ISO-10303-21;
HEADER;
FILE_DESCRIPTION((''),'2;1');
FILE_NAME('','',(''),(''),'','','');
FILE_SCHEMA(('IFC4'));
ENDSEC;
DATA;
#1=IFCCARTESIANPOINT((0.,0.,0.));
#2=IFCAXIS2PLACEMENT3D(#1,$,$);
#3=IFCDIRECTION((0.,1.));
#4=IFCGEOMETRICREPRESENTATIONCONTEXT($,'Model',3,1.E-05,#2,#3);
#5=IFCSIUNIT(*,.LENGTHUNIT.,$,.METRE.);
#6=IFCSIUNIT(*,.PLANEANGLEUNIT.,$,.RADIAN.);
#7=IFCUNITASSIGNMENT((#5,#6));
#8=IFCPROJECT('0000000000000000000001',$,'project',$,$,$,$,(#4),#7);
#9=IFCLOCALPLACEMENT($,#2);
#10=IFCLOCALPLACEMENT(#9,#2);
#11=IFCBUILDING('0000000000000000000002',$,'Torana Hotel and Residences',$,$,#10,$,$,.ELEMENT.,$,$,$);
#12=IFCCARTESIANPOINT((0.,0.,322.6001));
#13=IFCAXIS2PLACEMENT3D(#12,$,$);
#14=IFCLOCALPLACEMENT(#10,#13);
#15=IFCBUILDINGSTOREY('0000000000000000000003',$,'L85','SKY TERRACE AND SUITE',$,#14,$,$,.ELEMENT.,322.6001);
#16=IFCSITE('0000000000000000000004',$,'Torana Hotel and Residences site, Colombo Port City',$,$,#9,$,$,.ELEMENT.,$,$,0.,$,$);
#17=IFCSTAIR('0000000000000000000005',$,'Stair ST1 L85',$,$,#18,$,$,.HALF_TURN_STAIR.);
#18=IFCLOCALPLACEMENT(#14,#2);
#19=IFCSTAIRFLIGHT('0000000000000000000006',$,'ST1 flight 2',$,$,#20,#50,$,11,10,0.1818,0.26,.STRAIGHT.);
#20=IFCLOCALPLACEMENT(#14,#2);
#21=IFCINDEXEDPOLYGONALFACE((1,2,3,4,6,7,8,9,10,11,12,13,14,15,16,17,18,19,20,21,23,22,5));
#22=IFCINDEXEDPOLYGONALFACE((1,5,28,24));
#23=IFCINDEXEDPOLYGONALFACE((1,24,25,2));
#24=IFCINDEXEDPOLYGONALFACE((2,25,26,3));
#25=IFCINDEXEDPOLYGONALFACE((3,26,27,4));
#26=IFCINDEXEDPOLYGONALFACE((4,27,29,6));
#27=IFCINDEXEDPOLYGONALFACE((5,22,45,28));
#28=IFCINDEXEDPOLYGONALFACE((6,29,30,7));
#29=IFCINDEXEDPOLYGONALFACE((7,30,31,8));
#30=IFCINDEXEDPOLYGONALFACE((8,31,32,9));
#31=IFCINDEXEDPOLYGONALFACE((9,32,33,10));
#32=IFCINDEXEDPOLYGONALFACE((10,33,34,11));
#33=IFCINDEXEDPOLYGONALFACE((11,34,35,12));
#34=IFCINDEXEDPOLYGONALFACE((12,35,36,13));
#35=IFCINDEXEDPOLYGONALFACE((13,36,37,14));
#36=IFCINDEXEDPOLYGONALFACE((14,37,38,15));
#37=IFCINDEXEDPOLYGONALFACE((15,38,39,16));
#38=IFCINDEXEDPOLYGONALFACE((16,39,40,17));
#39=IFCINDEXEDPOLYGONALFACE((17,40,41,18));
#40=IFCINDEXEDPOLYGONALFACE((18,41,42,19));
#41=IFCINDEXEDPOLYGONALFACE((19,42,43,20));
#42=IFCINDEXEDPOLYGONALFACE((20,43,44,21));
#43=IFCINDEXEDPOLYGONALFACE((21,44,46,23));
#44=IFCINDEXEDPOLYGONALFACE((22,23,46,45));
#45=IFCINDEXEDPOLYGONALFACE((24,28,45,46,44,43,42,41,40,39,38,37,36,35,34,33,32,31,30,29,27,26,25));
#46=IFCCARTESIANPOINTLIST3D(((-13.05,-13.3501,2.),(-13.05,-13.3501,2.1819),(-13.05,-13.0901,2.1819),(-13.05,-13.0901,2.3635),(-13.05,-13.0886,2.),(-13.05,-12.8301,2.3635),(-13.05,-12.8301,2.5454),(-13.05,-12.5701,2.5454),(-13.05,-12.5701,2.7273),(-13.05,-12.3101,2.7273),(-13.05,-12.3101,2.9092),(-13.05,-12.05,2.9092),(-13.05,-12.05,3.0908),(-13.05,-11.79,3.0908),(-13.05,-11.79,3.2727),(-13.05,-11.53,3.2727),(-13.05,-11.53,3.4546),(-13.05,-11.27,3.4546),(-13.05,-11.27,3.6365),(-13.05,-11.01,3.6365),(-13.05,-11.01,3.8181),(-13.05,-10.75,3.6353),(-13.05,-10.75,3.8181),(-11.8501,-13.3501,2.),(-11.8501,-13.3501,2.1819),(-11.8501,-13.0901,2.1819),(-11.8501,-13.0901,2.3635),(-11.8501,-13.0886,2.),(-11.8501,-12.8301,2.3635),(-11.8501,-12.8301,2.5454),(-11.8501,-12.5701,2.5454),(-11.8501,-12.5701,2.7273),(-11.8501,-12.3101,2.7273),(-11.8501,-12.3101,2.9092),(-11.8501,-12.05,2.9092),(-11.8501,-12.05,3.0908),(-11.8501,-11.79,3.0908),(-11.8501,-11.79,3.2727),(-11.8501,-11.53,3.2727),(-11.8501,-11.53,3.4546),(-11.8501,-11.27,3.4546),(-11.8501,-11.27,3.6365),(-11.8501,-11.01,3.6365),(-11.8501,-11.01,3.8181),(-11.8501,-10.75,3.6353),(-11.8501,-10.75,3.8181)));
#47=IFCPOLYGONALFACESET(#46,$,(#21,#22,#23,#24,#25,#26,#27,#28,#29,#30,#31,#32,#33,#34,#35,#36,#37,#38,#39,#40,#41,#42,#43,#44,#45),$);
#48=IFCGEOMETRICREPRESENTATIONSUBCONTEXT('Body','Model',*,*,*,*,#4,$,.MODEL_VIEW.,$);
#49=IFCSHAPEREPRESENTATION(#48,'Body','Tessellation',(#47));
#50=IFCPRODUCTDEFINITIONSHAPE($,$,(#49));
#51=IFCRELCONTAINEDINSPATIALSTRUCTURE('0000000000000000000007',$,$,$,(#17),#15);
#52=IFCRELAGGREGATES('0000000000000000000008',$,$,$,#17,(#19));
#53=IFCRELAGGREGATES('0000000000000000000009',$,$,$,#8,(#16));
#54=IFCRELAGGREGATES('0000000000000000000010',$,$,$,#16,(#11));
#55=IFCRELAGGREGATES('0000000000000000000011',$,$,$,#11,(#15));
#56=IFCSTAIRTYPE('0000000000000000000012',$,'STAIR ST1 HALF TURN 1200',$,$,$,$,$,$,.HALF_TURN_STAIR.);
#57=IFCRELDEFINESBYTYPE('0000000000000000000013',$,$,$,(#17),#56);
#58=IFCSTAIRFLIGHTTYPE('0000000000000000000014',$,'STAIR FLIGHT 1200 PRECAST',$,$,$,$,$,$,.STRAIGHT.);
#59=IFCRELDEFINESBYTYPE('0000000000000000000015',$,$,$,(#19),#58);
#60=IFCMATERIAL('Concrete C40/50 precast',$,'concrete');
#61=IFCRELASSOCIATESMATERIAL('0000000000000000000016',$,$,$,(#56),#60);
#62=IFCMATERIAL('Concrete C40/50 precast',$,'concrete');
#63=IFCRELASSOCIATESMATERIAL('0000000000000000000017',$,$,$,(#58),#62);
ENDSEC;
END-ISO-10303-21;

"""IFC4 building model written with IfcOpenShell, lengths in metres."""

from ifc_helpers import new_model, si_unit, direction, frame, origin, place, context, subcontext, project, spatial, polyline, outline, extrude, material, type_object, element, aggregate, save


model = new_model("IFC4")

# Units and contexts
model_context = context("Model", 3, precision=1e-05, world=origin(), true_north=direction((0.0, 1.0)))
body_context = subcontext(model_context, "Body", "Model", "MODEL_VIEW")
ifc_project = project(units=[si_unit("LENGTHUNIT", "METRE"), si_unit("PLANEANGLEUNIT", "RADIAN")], contexts=[model_context])

# Site, building, storey
site_placement = place(None, origin())
site = spatial("IfcSite", under=ifc_project, at=site_placement, Name="Torana Hotel and Residences site, Colombo Port City", CompositionType="ELEMENT", RefElevation=0.0)
building_placement = place(site_placement, origin())
building = spatial("IfcBuilding", under=site, at=building_placement, Name="Torana Hotel and Residences", CompositionType="ELEMENT")
storey_placement = place(building_placement, frame((0.0, 0.0, 322.6001)))
storey = spatial("IfcBuildingStorey", under=building, at=storey_placement, Name="L85", Description="SKY TERRACE AND SUITE", CompositionType="ELEMENT", Elevation=322.6001)

# Stair, stair flight
ifc_material_1 = material(Name="Concrete C40/50 precast", Category="concrete")
stair_type = type_object("IfcStairType", Name="STAIR ST1 HALF TURN 1200", PredefinedType="HALF_TURN_STAIR", material=ifc_material_1)
stair_placement = place(storey_placement, origin())
stair = element("IfcStair", 1, at=stair_placement, inside=storey, type_object=stair_type, Name="Stair ST1 L85", PredefinedType="HALF_TURN_STAIR")
ifc_material_2 = material(Name="Concrete C40/50 precast", Category="concrete")
stair_flight_type = type_object("IfcStairFlightType", Name="STAIR FLIGHT 1200 PRECAST", PredefinedType="STRAIGHT", material=ifc_material_2)
stair_flight_1_placement = place(storey_placement, frame((-12.45, -13.3501, 2.0), z_axis=(0.0, 0.0, 1.0), x_axis=(0.0, 1.0, 0.0)))
stair_flight_1 = element("IfcStairFlight", 2, at=stair_flight_1_placement, type_object=stair_flight_type, Name="ST1 flight 2", NumberOfRisers=11, NumberOfTreads=10, PredefinedType="STRAIGHT", RiserHeight=0.1818, TreadLength=0.26, context=body_context, shape_type="SweptSolid", body=[
    extrude(outline(polyline([(0.0, 0.0), (0.0, 0.1819), (0.26, 0.1819), (0.26, 0.3635), (0.52, 0.3635), (0.52, 0.5454), (0.78, 0.5454), (0.78, 0.7273), (1.04, 0.7273), (1.04, 0.9092), (1.3, 0.9092), (1.3, 1.0908), (1.5601, 1.0908), (1.5601, 1.2727), (1.8201, 1.2727), (1.8201, 1.4546), (2.0801, 1.4546), (2.0801, 1.6365), (2.3401, 1.6365), (2.3401, 1.8181), (2.6001, 1.8181), (2.6001, 2.0), (2.6001, 1.6353), (0.2615, 0.0), (0.0, 0.0)])), frame((0.0, 0.6001, 0.0), z_axis=(0.0, -1.0, 0.0), x_axis=(1.0, 0.0, 0.0)), (0.0, 0.0, 1.0), 1.2),
])
aggregate(stair, [stair_flight_1])

save(model, "model.ifc")
